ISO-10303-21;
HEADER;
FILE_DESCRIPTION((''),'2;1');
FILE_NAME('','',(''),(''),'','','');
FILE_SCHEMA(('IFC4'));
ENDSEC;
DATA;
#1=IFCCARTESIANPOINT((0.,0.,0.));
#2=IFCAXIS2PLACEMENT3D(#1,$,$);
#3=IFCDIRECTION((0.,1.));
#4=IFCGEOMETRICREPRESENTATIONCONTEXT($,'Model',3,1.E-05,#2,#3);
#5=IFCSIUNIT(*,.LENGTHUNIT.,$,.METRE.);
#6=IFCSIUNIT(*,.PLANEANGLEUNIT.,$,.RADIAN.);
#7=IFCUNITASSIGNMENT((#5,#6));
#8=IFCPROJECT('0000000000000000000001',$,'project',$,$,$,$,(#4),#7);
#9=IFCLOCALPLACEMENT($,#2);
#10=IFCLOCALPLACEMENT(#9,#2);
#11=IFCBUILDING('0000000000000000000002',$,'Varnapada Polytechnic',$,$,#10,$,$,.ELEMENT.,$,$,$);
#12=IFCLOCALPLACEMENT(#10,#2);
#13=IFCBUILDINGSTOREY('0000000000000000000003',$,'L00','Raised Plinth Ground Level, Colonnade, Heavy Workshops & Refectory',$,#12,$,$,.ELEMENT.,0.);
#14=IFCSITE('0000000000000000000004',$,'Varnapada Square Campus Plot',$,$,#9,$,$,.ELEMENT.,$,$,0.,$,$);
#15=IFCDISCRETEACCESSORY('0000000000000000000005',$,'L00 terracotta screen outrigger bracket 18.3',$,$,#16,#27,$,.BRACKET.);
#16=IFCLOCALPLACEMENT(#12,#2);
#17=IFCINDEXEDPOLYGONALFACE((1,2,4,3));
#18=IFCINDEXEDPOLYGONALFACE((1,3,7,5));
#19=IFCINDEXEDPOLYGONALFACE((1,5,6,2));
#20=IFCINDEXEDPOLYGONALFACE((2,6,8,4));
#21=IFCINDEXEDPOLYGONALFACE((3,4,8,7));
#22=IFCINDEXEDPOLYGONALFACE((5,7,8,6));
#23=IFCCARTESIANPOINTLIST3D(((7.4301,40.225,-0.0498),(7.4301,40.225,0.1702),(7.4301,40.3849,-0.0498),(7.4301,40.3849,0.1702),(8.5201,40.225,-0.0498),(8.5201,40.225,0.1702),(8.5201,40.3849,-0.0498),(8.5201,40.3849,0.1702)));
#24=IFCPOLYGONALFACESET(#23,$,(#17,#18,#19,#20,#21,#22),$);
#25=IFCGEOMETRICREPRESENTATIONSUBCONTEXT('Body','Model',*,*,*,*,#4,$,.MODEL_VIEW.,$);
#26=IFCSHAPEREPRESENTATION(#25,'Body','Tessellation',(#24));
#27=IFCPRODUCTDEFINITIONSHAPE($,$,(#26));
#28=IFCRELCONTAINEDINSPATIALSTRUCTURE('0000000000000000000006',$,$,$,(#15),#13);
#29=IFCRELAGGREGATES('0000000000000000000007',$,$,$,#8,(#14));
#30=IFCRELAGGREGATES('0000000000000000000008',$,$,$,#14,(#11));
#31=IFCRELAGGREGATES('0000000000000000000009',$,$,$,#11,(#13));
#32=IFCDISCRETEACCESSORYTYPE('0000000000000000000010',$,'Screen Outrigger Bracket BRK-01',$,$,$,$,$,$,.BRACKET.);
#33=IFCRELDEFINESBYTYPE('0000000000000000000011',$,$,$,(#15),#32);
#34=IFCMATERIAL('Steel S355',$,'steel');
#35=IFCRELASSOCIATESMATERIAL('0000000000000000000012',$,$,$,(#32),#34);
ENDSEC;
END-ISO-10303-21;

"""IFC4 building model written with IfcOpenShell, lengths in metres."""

from ifc_helpers import new_model, si_unit, direction, frame, origin, origin_2d, place, context, subcontext, project, spatial, rectangle, extrude, material, type_object, element, save


model = new_model("IFC4")

# Units and contexts
model_context = context("Model", 3, precision=1e-05, world=origin(), true_north=direction((0.0, 1.0)))
body_context = subcontext(model_context, "Body", "Model", "MODEL_VIEW")
ifc_project = project(units=[si_unit("LENGTHUNIT", "METRE"), si_unit("PLANEANGLEUNIT", "RADIAN")], contexts=[model_context])

# Site, building, storey
site_placement = place(None, origin())
site = spatial("IfcSite", under=ifc_project, at=site_placement, Name="Varnapada Square Campus Plot", CompositionType="ELEMENT", RefElevation=0.0)
building_placement = place(site_placement, origin())
building = spatial("IfcBuilding", under=site, at=building_placement, Name="Varnapada Polytechnic", CompositionType="ELEMENT")
storey_placement = place(building_placement, origin())
storey = spatial("IfcBuildingStorey", under=building, at=storey_placement, Name="L00", Description="Raised Plinth Ground Level, Colonnade, Heavy Workshops & Refectory", CompositionType="ELEMENT", Elevation=0.0)

# Discrete accessory
ifc_material_1 = material(Name="Steel S355", Category="steel")
discrete_accessory_type = type_object("IfcDiscreteAccessoryType", Name="Screen Outrigger Bracket BRK-01", PredefinedType="BRACKET", material=ifc_material_1)
for number, where, z_axis, x_axis, name in (
    (1, (7.9751, 40.3049, -0.0498), (0.0, 0.0, 1.0), (0.0, 1.0, 0.0), "L00 terracotta screen outrigger bracket 18.3"),
):
    element("IfcDiscreteAccessory", number, at=place(storey_placement, frame(where, z_axis=z_axis, x_axis=x_axis)), inside=storey, type_object=discrete_accessory_type, Name=name, PredefinedType="BRACKET", context=body_context, shape_type="SweptSolid", body=[
        extrude(rectangle(XDim=0.1599, YDim=1.0901, at=origin_2d()), origin(), (0.0, 0.0, 1.0), 0.22),
    ])

save(model, "model.ifc")
